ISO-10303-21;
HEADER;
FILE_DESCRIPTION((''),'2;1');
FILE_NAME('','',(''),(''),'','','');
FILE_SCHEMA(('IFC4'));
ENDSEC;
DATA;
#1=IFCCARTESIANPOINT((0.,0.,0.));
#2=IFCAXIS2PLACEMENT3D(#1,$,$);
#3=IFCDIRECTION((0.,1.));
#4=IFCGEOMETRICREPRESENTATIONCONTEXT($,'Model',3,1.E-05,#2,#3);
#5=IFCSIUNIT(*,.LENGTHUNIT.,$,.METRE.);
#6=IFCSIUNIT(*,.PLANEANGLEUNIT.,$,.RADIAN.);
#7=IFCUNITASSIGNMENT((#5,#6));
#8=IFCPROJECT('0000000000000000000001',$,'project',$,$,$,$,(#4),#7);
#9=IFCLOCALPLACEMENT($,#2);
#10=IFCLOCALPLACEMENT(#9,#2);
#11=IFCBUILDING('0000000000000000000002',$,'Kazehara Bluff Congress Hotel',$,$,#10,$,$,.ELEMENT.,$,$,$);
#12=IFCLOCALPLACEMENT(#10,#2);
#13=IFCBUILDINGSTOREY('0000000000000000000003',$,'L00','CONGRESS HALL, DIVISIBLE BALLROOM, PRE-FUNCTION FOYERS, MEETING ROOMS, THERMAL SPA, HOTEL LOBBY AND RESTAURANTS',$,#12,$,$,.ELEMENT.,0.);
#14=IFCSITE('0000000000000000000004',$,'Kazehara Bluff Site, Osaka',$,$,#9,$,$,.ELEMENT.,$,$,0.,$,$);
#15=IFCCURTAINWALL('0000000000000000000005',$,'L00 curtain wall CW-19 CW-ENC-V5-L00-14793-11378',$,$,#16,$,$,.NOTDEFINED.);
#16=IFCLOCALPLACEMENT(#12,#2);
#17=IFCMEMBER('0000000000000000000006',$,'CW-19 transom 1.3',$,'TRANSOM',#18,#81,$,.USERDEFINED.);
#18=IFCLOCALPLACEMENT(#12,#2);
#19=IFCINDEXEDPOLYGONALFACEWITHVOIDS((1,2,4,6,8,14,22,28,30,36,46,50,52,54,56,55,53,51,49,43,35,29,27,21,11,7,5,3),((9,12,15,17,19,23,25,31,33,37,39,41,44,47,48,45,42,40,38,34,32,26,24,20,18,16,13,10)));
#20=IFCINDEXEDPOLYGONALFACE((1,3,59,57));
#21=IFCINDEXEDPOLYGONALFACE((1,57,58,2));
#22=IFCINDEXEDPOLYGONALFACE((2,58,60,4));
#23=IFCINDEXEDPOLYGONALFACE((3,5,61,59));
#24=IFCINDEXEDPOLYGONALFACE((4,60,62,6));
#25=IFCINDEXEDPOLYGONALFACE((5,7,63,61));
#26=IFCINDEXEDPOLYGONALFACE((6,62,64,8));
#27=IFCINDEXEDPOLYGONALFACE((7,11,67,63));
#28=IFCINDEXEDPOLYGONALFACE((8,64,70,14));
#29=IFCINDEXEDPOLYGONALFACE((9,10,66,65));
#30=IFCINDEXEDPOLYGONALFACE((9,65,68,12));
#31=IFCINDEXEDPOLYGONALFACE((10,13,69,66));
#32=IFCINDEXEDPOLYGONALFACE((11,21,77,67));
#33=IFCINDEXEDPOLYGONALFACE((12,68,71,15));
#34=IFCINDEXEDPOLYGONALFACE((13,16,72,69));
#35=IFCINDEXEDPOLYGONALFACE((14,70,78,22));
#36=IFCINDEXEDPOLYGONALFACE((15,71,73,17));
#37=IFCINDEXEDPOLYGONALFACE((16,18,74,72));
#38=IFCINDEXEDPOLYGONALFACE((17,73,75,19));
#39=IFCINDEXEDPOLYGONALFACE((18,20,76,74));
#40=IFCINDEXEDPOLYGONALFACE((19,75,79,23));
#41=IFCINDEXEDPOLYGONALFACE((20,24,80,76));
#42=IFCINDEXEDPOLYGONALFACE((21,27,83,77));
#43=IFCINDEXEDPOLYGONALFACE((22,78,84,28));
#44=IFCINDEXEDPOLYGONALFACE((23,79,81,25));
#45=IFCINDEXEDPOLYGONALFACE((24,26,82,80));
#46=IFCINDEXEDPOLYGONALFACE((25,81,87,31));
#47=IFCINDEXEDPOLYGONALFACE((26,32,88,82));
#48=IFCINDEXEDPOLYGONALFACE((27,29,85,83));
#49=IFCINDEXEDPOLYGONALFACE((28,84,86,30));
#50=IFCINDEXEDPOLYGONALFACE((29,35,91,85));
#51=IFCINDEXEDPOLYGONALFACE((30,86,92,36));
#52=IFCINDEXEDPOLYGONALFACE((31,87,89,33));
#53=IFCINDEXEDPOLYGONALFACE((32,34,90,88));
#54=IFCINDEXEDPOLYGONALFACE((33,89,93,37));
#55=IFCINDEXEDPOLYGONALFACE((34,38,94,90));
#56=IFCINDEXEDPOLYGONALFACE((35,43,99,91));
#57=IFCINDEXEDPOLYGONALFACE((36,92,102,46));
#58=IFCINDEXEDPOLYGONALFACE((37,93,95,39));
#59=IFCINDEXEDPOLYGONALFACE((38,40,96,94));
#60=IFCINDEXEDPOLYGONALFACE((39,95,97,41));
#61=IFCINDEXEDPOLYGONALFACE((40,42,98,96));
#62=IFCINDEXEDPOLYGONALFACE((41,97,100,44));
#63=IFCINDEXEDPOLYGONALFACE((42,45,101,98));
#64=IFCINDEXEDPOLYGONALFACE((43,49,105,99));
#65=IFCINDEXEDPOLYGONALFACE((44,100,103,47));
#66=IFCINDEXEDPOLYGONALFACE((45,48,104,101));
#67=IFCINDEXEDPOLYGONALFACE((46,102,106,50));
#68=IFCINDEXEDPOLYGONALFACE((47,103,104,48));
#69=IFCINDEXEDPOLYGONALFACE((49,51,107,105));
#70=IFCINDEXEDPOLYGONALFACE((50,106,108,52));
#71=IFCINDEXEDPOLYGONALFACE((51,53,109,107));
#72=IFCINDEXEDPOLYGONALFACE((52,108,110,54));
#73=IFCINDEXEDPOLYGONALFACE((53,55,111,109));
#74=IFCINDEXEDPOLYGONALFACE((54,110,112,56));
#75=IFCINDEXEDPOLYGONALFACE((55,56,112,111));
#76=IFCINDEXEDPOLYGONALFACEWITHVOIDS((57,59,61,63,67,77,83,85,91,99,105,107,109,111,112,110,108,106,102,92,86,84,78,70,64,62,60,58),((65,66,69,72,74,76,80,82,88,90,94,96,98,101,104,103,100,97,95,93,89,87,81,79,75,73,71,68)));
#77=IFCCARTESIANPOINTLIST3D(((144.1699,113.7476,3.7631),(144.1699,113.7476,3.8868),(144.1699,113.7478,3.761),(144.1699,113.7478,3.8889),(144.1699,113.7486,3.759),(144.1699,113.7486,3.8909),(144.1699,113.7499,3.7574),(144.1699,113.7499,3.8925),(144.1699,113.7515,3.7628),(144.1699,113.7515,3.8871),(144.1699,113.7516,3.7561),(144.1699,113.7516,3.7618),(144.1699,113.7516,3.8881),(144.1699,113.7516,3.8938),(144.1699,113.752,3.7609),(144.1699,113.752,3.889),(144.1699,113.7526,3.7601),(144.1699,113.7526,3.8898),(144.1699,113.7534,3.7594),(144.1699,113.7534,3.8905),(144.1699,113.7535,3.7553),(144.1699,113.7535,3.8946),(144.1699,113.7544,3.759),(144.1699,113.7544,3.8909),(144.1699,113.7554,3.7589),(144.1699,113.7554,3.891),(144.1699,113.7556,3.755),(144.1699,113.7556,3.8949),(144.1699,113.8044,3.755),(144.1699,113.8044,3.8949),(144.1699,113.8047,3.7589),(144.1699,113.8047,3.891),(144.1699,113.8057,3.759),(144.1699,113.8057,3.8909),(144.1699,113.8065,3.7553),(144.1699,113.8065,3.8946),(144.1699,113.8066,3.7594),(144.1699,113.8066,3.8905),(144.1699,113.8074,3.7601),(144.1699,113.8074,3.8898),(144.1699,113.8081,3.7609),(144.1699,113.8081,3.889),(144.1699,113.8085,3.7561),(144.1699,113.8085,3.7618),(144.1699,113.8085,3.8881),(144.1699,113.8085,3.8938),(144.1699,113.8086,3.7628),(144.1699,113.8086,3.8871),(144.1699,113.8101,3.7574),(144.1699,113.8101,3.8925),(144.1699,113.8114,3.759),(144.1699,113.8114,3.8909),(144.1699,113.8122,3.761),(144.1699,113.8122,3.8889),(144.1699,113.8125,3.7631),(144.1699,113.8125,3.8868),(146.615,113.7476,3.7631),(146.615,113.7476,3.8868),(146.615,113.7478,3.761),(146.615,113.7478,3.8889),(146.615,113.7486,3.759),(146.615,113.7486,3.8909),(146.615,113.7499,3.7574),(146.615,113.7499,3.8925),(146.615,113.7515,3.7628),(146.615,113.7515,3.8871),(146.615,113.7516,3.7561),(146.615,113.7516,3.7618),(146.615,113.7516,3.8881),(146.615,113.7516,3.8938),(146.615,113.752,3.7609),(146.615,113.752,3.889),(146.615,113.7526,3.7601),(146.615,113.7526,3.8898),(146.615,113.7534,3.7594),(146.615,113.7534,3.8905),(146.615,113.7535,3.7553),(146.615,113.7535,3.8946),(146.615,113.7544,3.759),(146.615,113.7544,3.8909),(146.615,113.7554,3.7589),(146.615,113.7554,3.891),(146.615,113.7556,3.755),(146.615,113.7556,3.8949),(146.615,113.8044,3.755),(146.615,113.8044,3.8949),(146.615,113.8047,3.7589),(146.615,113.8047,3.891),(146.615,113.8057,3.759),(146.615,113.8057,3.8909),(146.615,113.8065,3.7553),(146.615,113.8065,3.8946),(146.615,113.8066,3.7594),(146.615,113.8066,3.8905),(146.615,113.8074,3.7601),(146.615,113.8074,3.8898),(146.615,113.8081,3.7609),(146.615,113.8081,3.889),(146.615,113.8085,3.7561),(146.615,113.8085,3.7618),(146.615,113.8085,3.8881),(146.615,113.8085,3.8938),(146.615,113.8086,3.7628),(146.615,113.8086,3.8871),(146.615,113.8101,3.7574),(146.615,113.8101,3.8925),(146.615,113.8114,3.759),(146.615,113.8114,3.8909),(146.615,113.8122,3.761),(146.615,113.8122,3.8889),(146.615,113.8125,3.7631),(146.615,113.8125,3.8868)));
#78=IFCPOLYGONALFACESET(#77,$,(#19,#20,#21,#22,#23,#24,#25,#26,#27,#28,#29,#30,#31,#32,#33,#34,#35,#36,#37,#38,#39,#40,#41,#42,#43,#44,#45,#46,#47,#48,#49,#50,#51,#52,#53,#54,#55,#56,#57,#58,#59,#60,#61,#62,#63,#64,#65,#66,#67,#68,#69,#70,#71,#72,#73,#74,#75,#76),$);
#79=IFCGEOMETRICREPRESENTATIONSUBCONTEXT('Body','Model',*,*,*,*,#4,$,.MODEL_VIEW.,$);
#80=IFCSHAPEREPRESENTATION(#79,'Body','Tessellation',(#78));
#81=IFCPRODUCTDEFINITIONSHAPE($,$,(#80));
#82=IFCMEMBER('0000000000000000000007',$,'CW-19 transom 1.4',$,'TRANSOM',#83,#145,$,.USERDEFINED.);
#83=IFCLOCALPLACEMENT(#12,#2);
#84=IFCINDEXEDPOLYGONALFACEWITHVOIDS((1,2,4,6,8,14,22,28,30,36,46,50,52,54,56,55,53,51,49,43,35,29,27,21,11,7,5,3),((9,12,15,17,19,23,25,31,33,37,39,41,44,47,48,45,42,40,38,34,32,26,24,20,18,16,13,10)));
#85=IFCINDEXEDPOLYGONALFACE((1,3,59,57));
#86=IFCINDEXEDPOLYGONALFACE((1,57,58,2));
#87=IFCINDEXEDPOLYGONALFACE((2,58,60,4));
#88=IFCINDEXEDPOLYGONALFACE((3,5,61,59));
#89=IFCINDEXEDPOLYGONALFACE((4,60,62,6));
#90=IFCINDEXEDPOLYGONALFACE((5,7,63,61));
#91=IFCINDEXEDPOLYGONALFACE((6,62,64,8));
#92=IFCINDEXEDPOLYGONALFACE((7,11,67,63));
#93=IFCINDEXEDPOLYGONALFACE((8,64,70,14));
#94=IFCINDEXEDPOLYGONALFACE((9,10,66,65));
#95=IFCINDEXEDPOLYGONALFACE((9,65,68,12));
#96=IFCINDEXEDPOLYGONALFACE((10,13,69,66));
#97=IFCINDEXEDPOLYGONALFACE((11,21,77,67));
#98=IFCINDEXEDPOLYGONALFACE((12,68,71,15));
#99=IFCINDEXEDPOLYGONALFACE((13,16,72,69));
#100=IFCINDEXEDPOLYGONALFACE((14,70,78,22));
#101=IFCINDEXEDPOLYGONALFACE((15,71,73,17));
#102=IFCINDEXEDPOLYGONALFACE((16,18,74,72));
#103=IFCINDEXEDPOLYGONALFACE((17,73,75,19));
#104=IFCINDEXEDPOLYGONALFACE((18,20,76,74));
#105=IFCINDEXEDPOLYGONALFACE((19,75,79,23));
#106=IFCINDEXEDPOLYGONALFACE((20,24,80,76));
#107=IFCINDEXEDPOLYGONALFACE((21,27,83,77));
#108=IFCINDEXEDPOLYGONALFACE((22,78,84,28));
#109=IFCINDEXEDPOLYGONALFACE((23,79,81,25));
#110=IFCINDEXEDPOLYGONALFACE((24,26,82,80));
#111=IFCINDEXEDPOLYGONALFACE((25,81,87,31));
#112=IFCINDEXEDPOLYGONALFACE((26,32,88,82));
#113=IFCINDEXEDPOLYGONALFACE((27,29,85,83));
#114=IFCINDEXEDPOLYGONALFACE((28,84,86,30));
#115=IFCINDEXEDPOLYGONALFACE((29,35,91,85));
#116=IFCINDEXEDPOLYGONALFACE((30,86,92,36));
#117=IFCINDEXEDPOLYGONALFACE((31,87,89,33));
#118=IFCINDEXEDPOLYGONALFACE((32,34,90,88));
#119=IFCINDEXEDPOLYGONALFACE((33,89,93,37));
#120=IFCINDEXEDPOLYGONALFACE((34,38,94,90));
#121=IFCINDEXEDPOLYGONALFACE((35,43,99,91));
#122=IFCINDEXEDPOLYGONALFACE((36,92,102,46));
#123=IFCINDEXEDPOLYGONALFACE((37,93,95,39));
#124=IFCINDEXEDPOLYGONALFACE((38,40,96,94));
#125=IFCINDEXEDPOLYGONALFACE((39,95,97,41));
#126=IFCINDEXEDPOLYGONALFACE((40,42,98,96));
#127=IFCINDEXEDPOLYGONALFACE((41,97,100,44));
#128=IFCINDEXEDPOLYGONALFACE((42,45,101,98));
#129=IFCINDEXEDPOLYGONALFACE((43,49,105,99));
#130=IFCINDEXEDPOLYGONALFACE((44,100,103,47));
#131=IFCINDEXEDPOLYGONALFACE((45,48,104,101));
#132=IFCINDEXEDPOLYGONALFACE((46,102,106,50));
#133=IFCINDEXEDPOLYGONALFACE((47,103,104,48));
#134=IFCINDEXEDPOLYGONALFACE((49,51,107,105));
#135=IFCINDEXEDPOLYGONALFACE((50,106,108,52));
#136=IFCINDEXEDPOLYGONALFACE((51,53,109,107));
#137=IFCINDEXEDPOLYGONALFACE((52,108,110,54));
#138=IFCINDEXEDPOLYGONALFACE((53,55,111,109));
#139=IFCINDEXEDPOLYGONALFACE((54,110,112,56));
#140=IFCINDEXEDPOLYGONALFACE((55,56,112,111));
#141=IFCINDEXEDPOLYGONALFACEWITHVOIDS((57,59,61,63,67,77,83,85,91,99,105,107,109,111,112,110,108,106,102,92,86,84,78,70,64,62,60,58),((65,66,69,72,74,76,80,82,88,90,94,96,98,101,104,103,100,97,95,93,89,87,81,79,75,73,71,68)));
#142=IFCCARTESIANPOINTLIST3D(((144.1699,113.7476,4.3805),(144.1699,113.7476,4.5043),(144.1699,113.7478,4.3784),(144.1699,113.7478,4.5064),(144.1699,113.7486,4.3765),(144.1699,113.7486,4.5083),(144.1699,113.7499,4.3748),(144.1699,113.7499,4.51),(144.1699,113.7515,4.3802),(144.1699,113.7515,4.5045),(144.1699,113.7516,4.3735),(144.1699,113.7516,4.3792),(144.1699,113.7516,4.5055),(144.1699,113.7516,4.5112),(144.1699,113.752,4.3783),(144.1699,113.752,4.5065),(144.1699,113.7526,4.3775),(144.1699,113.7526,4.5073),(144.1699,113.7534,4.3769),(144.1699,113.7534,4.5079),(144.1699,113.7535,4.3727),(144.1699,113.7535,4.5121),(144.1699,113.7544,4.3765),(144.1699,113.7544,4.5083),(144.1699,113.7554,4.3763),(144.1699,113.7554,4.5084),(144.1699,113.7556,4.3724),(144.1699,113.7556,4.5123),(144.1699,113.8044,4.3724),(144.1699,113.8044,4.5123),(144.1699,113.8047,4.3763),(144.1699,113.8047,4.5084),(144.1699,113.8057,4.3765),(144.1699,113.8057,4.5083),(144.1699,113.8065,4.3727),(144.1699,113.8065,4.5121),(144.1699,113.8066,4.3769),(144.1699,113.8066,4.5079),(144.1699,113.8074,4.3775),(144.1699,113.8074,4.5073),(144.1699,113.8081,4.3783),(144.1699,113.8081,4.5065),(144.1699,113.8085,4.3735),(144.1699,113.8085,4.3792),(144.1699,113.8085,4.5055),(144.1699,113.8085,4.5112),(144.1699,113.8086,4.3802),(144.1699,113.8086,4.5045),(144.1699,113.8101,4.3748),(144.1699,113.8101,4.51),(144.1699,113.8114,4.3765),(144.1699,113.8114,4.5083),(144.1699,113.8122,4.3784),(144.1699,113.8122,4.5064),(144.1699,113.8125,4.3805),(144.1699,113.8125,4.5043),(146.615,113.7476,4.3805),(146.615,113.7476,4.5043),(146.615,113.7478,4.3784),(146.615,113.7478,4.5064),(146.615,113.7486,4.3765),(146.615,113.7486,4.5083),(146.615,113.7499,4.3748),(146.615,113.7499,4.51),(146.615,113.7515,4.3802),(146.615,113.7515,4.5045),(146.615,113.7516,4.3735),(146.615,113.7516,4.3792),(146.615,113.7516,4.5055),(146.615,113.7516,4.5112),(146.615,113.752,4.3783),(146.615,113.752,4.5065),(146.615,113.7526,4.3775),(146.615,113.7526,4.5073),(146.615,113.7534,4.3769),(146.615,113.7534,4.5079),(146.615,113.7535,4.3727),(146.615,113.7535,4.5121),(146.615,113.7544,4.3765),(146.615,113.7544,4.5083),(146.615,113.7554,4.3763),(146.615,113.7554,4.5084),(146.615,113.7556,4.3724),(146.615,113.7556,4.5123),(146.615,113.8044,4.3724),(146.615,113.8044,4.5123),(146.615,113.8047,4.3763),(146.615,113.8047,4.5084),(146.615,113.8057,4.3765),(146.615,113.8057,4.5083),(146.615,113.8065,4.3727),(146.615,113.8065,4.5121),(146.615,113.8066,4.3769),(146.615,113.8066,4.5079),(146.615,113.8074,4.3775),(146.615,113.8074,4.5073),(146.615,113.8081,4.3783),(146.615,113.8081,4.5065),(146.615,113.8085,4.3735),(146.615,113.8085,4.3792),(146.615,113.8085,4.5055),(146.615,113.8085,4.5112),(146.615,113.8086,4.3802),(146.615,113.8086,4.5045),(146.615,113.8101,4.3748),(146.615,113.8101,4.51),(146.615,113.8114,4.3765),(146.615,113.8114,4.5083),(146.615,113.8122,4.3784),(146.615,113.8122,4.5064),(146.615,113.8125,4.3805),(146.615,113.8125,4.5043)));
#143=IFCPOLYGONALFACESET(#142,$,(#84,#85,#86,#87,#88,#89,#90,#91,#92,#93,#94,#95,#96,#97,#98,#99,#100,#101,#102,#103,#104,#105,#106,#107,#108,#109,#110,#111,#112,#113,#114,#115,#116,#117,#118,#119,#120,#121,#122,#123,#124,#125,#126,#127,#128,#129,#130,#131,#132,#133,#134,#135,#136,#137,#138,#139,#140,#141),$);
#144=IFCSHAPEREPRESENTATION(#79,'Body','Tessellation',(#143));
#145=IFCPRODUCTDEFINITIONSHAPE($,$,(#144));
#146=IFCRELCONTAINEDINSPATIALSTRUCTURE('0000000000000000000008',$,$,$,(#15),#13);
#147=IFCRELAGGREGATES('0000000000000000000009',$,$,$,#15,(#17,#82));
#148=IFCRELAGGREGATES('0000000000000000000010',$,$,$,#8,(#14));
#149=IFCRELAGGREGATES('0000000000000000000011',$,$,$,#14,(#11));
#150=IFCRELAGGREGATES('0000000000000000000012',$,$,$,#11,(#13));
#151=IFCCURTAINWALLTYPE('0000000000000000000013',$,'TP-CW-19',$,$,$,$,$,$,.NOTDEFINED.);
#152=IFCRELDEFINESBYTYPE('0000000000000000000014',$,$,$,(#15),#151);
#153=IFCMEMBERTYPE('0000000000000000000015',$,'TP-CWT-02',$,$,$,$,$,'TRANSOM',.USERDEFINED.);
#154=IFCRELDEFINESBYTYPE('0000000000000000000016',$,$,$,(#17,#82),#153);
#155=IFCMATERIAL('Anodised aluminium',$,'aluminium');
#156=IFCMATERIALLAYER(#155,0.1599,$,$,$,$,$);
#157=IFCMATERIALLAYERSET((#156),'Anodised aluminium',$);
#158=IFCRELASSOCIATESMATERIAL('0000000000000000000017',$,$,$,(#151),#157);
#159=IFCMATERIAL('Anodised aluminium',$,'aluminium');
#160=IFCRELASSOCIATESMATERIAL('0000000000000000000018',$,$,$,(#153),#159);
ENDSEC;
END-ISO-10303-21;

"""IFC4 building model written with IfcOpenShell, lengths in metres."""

from ifc_helpers import new_model, si_unit, direction, frame, origin, origin_2d, place, context, subcontext, project, spatial, hollow_rectangle, extrude, material, layer, layer_set, material_profile, profile_set, type_object, element, aggregate, save


model = new_model("IFC4")

# Units and contexts
model_context = context("Model", 3, precision=1e-05, world=origin(), true_north=direction((0.0, 1.0)))
body_context = subcontext(model_context, "Body", "Model", "MODEL_VIEW")
ifc_project = project(units=[si_unit("LENGTHUNIT", "METRE"), si_unit("PLANEANGLEUNIT", "RADIAN")], contexts=[model_context])

# Site, building, storey
site_placement = place(None, origin())
site = spatial("IfcSite", under=ifc_project, at=site_placement, Name="Kazehara Bluff Site, Osaka", CompositionType="ELEMENT", RefElevation=0.0)
building_placement = place(site_placement, origin())
building = spatial("IfcBuilding", under=site, at=building_placement, Name="Kazehara Bluff Congress Hotel", CompositionType="ELEMENT")
storey_placement = place(building_placement, origin())
storey = spatial("IfcBuildingStorey", under=building, at=storey_placement, Name="L00", Description="CONGRESS HALL, DIVISIBLE BALLROOM, PRE-FUNCTION FOYERS, MEETING ROOMS, THERMAL SPA, HOTEL LOBBY AND RESTAURANTS", CompositionType="ELEMENT", Elevation=0.0)

# Curtain wall
ifc_material_1 = material(Name="Anodised aluminium", Category="aluminium")
ifc_layer_1 = layer(ifc_material_1, 0.1599)
ifc_layer_set_1 = layer_set([ifc_layer_1], Name="Anodised aluminium")
curtain_wall_type_1 = type_object("IfcCurtainWallType", Name="TP-CW-19", PredefinedType="NOTDEFINED", material=ifc_layer_set_1)
curtain_wall_1_placement = place(storey_placement, origin())
curtain_wall_1 = element("IfcCurtainWall", 1, at=curtain_wall_1_placement, inside=storey, type_object=curtain_wall_type_1, Name="L00 curtain wall CW-19 CW-ENC-V5-L00-14793-11378", PredefinedType="NOTDEFINED")

# Members
ifc_material_2 = material(Name="Anodised aluminium", Category="aluminium")
ifc_material_profile_1 = material_profile(ifc_material_2, hollow_rectangle(XDim=0.0649, YDim=0.1399, WallThickness=0.0039, InnerFilletRadius=0.0039, OuterFilletRadius=0.0081, at=origin_2d()))
ifc_profile_set_1 = profile_set([ifc_material_profile_1], Name="Anodised aluminium")
member_type_1 = type_object("IfcMemberType", Name="TP-CWT-02", ElementType="TRANSOM", PredefinedType="USERDEFINED", material=ifc_profile_set_1)
member_1_placement = place(storey_placement, frame((144.1699, 113.78, 3.825), z_axis=(1.0, 0.0, 0.0), x_axis=(0.0, 1.0, 0.0)))
member_1 = element("IfcMember", 2, at=member_1_placement, type_object=member_type_1, Name="CW-19 transom 1.3", ObjectType="TRANSOM", PredefinedType="USERDEFINED", context=body_context, shape_type="SweptSolid", body=[
    extrude(hollow_rectangle(XDim=0.0649, YDim=0.1399, WallThickness=0.0039, InnerFilletRadius=0.0039, OuterFilletRadius=0.0081, at=origin_2d()), origin(), (0.0, 0.0, 1.0), 2.4451),
])
member_2_placement = place(storey_placement, frame((144.1699, 113.78, 4.4424), z_axis=(1.0, 0.0, 0.0), x_axis=(0.0, 1.0, 0.0)))
member_2 = element("IfcMember", 3, at=member_2_placement, type_object=member_type_1, Name="CW-19 transom 1.4", ObjectType="TRANSOM", PredefinedType="USERDEFINED", context=body_context, shape_type="SweptSolid", body=[
    extrude(hollow_rectangle(XDim=0.0649, YDim=0.1399, WallThickness=0.0039, InnerFilletRadius=0.0039, OuterFilletRadius=0.0081, at=origin_2d()), origin(), (0.0, 0.0, 1.0), 2.4451),
])

aggregate(curtain_wall_1, [member_1, member_2])

save(model, "model.ifc")
